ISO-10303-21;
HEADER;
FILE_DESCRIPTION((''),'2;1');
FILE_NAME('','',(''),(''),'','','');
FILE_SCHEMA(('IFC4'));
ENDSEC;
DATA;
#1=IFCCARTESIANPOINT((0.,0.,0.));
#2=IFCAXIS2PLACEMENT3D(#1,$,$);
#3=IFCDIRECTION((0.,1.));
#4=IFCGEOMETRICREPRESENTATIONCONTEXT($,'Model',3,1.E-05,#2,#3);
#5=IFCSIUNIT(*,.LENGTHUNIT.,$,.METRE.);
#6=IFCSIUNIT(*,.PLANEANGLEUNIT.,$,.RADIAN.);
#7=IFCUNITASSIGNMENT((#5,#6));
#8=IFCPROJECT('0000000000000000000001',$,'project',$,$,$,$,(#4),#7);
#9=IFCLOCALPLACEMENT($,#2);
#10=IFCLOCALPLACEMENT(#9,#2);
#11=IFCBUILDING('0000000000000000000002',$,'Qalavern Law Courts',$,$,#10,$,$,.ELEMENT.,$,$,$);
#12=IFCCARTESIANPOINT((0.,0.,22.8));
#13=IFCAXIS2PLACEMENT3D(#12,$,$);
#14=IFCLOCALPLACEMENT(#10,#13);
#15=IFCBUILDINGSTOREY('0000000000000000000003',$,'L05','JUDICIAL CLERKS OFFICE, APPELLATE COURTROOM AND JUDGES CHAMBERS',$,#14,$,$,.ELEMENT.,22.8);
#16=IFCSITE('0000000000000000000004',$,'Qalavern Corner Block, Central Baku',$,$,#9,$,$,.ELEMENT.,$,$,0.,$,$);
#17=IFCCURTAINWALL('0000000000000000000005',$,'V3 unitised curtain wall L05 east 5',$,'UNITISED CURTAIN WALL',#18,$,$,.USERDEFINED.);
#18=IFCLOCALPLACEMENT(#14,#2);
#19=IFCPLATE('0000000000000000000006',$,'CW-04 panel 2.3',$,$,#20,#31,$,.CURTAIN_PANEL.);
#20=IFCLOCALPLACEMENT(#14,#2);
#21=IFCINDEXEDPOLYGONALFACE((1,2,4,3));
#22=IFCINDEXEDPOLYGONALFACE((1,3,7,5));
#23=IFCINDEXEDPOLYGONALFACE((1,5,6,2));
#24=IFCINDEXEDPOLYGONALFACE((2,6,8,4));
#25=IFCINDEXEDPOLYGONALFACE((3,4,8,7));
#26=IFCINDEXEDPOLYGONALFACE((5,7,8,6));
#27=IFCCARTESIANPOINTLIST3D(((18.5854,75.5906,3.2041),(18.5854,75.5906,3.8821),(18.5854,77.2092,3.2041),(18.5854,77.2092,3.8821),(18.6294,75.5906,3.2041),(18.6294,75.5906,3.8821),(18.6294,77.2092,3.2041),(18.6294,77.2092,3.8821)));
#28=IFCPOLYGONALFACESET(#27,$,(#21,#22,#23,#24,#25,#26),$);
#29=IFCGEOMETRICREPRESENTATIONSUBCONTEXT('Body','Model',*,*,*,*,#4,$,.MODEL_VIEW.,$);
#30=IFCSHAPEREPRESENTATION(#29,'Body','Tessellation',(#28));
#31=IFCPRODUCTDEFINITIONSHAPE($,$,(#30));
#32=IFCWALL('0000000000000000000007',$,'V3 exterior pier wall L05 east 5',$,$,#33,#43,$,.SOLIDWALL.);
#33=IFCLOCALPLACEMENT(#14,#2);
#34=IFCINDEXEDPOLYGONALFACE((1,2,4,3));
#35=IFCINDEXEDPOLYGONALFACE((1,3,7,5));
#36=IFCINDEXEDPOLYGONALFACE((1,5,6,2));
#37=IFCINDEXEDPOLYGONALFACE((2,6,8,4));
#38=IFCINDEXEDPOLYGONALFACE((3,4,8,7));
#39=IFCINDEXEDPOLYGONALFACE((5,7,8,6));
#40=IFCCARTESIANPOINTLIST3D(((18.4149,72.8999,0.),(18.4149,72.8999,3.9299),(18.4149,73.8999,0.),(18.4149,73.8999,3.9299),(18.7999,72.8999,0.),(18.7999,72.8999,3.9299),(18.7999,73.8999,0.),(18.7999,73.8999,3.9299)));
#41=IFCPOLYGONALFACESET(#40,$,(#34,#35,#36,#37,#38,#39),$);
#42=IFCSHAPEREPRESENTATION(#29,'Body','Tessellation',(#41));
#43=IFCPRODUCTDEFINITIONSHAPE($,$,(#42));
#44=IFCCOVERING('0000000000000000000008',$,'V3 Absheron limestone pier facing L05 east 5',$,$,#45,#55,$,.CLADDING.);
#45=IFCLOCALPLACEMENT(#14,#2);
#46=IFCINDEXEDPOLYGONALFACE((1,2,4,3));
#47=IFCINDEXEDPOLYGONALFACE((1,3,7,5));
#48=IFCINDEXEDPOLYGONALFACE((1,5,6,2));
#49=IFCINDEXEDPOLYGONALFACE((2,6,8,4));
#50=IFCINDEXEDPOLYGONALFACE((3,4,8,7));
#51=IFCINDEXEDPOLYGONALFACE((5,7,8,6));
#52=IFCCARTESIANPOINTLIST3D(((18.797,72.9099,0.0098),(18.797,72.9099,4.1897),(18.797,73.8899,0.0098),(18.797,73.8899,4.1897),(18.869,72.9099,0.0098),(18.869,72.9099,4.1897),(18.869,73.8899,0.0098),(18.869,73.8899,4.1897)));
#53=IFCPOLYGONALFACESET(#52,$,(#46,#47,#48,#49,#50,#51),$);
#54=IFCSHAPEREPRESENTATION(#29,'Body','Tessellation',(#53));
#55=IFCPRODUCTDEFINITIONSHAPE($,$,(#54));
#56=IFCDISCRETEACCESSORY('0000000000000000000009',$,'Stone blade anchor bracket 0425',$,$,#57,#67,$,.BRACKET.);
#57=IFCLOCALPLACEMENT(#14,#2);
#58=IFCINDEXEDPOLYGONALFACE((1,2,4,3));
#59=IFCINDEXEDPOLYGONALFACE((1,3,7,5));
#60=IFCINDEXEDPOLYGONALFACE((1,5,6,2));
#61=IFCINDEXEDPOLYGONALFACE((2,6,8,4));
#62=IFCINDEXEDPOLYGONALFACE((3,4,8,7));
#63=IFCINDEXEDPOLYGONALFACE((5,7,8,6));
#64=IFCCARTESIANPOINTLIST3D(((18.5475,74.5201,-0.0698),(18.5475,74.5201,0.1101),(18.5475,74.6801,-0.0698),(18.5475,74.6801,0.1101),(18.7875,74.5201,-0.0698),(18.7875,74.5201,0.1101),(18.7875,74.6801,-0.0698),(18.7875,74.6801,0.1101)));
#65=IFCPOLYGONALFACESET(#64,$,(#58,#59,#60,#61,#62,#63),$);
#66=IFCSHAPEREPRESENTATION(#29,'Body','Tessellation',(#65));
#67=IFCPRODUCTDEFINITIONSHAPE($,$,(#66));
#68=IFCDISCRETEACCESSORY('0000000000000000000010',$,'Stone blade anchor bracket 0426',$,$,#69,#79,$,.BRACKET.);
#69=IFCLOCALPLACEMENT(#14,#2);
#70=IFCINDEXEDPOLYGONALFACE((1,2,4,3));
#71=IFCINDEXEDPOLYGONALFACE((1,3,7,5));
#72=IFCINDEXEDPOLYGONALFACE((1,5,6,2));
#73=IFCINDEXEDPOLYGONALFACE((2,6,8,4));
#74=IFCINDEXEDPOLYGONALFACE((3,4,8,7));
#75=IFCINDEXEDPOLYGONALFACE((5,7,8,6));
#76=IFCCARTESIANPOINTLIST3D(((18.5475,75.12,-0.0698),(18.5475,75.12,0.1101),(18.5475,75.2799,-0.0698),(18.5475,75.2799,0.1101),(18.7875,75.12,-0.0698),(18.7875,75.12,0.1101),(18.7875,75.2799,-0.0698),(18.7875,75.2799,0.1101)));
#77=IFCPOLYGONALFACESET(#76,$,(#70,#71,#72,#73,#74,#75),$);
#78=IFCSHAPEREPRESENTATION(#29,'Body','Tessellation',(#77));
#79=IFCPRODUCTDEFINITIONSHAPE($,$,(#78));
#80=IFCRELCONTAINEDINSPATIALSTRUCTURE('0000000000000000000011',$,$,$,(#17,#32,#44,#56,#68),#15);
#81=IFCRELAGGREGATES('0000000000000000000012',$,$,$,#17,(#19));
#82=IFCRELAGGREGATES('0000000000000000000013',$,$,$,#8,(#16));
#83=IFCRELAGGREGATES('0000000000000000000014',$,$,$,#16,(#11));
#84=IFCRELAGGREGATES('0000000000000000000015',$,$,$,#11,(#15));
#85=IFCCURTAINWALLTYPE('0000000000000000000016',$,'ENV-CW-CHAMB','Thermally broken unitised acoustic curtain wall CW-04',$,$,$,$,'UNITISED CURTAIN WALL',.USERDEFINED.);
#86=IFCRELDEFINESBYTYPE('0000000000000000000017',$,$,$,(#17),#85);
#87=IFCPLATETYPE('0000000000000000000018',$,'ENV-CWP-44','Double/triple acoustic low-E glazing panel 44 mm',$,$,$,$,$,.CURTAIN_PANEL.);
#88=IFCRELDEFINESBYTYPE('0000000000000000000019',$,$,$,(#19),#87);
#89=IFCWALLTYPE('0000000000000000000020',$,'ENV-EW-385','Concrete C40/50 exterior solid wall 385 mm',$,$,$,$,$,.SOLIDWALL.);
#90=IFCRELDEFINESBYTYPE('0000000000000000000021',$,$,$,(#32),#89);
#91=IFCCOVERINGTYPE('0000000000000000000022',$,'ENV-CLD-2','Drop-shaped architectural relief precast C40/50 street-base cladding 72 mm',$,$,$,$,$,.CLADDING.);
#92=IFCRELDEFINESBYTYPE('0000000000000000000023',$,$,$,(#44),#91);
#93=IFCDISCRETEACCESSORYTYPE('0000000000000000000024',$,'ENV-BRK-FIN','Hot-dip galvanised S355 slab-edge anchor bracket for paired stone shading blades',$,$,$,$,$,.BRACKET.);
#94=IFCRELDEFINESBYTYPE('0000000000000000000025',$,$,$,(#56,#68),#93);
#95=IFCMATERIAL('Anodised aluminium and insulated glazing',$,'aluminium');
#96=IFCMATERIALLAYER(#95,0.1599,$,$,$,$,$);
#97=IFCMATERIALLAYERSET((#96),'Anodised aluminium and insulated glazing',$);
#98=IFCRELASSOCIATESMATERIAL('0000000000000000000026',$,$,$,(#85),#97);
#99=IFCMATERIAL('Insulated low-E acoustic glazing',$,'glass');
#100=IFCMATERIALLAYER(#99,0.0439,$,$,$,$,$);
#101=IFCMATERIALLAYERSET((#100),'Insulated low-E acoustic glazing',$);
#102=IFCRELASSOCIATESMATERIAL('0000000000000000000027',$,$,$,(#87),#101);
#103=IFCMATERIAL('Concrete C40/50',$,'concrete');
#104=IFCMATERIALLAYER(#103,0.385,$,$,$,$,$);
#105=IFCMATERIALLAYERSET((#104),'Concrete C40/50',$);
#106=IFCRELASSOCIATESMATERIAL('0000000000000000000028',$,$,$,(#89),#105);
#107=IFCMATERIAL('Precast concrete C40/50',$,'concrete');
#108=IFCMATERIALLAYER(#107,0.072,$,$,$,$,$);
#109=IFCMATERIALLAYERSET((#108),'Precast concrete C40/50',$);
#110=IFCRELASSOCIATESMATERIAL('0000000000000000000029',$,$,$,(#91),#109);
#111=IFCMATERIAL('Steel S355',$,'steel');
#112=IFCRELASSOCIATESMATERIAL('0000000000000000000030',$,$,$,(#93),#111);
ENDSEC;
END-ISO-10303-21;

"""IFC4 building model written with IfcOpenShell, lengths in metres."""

from ifc_helpers import new_model, si_unit, direction, frame, frame_2d, origin, origin_2d, place, context, subcontext, project, spatial, rectangle, extrude, material, layer, layer_set, type_object, element, aggregate, save


model = new_model("IFC4")

# Units and contexts
model_context = context("Model", 3, precision=1e-05, world=origin(), true_north=direction((0.0, 1.0)))
body_context = subcontext(model_context, "Body", "Model", "MODEL_VIEW")
ifc_project = project(units=[si_unit("LENGTHUNIT", "METRE"), si_unit("PLANEANGLEUNIT", "RADIAN")], contexts=[model_context])

# Site, building, storey
site_placement = place(None, origin())
site = spatial("IfcSite", under=ifc_project, at=site_placement, Name="Qalavern Corner Block, Central Baku", CompositionType="ELEMENT", RefElevation=0.0)
building_placement = place(site_placement, origin())
building = spatial("IfcBuilding", under=site, at=building_placement, Name="Qalavern Law Courts", CompositionType="ELEMENT")
storey_placement = place(building_placement, frame((0.0, 0.0, 22.8)))
storey = spatial("IfcBuildingStorey", under=building, at=storey_placement, Name="L05", Description="JUDICIAL CLERKS OFFICE, APPELLATE COURTROOM AND JUDGES CHAMBERS", CompositionType="ELEMENT", Elevation=22.8)

# Curtain wall
ifc_material_1 = material(Name="Anodised aluminium and insulated glazing", Category="aluminium")
ifc_layer_1 = layer(ifc_material_1, 0.1599)
ifc_layer_set_1 = layer_set([ifc_layer_1], Name="Anodised aluminium and insulated glazing")
curtain_wall_type = type_object("IfcCurtainWallType", Name="ENV-CW-CHAMB", Description="Thermally broken unitised acoustic curtain wall CW-04", ElementType="UNITISED CURTAIN WALL", PredefinedType="USERDEFINED", material=ifc_layer_set_1)
curtain_wall_1_placement = place(storey_placement, origin())
curtain_wall_1 = element("IfcCurtainWall", 1, at=curtain_wall_1_placement, inside=storey, type_object=curtain_wall_type, Name="V3 unitised curtain wall L05 east 5", ObjectType="UNITISED CURTAIN WALL", PredefinedType="USERDEFINED")

# Shared definitions
ifc_material_2 = material(Name="Steel S355", Category="steel")

# Plate
ifc_material_3 = material(Name="Insulated low-E acoustic glazing", Category="glass")
ifc_layer_2 = layer(ifc_material_3, 0.0439)
ifc_layer_set_2 = layer_set([ifc_layer_2], Name="Insulated low-E acoustic glazing")
plate_type_1 = type_object("IfcPlateType", Name="ENV-CWP-44", Description="Double/triple acoustic low-E glazing panel 44 mm", PredefinedType="CURTAIN_PANEL", material=ifc_layer_set_2)
plate_1_placement = place(storey_placement, frame((18.6074, 76.3999, 3.2041), z_axis=(0.0, 0.0, 1.0), x_axis=(0.0, 1.0, 0.0)))
plate_1 = element("IfcPlate", 2, at=plate_1_placement, type_object=plate_type_1, Name="CW-04 panel 2.3", PredefinedType="CURTAIN_PANEL", context=body_context, shape_type="SweptSolid", body=[
    extrude(rectangle(XDim=1.6187, YDim=0.0439, at=origin_2d()), origin(), (0.0, 0.0, 1.0), 0.678),
])
aggregate(curtain_wall_1, [plate_1])

# Wall
ifc_material_4 = material(Name="Concrete C40/50", Category="concrete")
ifc_layer_3 = layer(ifc_material_4, 0.385)
ifc_layer_set_3 = layer_set([ifc_layer_3], Name="Concrete C40/50")
wall_type = type_object("IfcWallType", Name="ENV-EW-385", Description="Concrete C40/50 exterior solid wall 385 mm", PredefinedType="SOLIDWALL", material=ifc_layer_set_3)
wall_placement = place(storey_placement, frame((18.6074, 72.8999, 0.0), z_axis=(0.0, 0.0, 1.0), x_axis=(0.0, 1.0, 0.0)))
element("IfcWall", 3, at=wall_placement, inside=storey, type_object=wall_type, Name="V3 exterior pier wall L05 east 5", PredefinedType="SOLIDWALL", context=body_context, shape_type="SweptSolid", body=[
    extrude(rectangle(XDim=1.0, YDim=0.385, at=frame_2d((0.5, 0.0))), origin(), (0.0, 0.0, 1.0), 3.9299),
])

# Covering
ifc_material_5 = material(Name="Precast concrete C40/50", Category="concrete")
ifc_layer_4 = layer(ifc_material_5, 0.072)
ifc_layer_set_4 = layer_set([ifc_layer_4], Name="Precast concrete C40/50")
covering_type = type_object("IfcCoveringType", Name="ENV-CLD-2", Description="Drop-shaped architectural relief precast C40/50 street-base cladding 72 mm", PredefinedType="CLADDING", material=ifc_layer_set_4)
covering_placement = place(storey_placement, frame((18.833, 73.3999, 0.0098), z_axis=(0.0, 0.0, 1.0), x_axis=(0.0, 1.0, 0.0)))
element("IfcCovering", 4, at=covering_placement, inside=storey, type_object=covering_type, Name="V3 Absheron limestone pier facing L05 east 5", PredefinedType="CLADDING", context=body_context, shape_type="SweptSolid", body=[
    extrude(rectangle(XDim=0.98, YDim=0.072, at=origin_2d()), origin(), (0.0, 0.0, 1.0), 4.1799),
])

# Discrete accessories
discrete_accessory_type = type_object("IfcDiscreteAccessoryType", Name="ENV-BRK-FIN", Description="Hot-dip galvanised S355 slab-edge anchor bracket for paired stone shading blades", PredefinedType="BRACKET", material=ifc_material_2)
for number, where, z_axis, x_axis, name in (
    (5, (18.6675, 74.6001, -0.0698), (0.0, 0.0, 1.0), (1.0, 0.0, 0.0), "Stone blade anchor bracket 0425"),
    (6, (18.6675, 75.2, -0.0698), (0.0, 0.0, 1.0), (1.0, 0.0, 0.0), "Stone blade anchor bracket 0426"),
):
    element("IfcDiscreteAccessory", number, at=place(storey_placement, frame(where, z_axis=z_axis, x_axis=x_axis)), inside=storey, type_object=discrete_accessory_type, Name=name, PredefinedType="BRACKET", context=body_context, shape_type="SweptSolid", body=[
        extrude(rectangle(XDim=0.24, YDim=0.1599, at=origin_2d()), origin(), (0.0, 0.0, 1.0), 0.1799),
    ])

save(model, "model.ifc")
